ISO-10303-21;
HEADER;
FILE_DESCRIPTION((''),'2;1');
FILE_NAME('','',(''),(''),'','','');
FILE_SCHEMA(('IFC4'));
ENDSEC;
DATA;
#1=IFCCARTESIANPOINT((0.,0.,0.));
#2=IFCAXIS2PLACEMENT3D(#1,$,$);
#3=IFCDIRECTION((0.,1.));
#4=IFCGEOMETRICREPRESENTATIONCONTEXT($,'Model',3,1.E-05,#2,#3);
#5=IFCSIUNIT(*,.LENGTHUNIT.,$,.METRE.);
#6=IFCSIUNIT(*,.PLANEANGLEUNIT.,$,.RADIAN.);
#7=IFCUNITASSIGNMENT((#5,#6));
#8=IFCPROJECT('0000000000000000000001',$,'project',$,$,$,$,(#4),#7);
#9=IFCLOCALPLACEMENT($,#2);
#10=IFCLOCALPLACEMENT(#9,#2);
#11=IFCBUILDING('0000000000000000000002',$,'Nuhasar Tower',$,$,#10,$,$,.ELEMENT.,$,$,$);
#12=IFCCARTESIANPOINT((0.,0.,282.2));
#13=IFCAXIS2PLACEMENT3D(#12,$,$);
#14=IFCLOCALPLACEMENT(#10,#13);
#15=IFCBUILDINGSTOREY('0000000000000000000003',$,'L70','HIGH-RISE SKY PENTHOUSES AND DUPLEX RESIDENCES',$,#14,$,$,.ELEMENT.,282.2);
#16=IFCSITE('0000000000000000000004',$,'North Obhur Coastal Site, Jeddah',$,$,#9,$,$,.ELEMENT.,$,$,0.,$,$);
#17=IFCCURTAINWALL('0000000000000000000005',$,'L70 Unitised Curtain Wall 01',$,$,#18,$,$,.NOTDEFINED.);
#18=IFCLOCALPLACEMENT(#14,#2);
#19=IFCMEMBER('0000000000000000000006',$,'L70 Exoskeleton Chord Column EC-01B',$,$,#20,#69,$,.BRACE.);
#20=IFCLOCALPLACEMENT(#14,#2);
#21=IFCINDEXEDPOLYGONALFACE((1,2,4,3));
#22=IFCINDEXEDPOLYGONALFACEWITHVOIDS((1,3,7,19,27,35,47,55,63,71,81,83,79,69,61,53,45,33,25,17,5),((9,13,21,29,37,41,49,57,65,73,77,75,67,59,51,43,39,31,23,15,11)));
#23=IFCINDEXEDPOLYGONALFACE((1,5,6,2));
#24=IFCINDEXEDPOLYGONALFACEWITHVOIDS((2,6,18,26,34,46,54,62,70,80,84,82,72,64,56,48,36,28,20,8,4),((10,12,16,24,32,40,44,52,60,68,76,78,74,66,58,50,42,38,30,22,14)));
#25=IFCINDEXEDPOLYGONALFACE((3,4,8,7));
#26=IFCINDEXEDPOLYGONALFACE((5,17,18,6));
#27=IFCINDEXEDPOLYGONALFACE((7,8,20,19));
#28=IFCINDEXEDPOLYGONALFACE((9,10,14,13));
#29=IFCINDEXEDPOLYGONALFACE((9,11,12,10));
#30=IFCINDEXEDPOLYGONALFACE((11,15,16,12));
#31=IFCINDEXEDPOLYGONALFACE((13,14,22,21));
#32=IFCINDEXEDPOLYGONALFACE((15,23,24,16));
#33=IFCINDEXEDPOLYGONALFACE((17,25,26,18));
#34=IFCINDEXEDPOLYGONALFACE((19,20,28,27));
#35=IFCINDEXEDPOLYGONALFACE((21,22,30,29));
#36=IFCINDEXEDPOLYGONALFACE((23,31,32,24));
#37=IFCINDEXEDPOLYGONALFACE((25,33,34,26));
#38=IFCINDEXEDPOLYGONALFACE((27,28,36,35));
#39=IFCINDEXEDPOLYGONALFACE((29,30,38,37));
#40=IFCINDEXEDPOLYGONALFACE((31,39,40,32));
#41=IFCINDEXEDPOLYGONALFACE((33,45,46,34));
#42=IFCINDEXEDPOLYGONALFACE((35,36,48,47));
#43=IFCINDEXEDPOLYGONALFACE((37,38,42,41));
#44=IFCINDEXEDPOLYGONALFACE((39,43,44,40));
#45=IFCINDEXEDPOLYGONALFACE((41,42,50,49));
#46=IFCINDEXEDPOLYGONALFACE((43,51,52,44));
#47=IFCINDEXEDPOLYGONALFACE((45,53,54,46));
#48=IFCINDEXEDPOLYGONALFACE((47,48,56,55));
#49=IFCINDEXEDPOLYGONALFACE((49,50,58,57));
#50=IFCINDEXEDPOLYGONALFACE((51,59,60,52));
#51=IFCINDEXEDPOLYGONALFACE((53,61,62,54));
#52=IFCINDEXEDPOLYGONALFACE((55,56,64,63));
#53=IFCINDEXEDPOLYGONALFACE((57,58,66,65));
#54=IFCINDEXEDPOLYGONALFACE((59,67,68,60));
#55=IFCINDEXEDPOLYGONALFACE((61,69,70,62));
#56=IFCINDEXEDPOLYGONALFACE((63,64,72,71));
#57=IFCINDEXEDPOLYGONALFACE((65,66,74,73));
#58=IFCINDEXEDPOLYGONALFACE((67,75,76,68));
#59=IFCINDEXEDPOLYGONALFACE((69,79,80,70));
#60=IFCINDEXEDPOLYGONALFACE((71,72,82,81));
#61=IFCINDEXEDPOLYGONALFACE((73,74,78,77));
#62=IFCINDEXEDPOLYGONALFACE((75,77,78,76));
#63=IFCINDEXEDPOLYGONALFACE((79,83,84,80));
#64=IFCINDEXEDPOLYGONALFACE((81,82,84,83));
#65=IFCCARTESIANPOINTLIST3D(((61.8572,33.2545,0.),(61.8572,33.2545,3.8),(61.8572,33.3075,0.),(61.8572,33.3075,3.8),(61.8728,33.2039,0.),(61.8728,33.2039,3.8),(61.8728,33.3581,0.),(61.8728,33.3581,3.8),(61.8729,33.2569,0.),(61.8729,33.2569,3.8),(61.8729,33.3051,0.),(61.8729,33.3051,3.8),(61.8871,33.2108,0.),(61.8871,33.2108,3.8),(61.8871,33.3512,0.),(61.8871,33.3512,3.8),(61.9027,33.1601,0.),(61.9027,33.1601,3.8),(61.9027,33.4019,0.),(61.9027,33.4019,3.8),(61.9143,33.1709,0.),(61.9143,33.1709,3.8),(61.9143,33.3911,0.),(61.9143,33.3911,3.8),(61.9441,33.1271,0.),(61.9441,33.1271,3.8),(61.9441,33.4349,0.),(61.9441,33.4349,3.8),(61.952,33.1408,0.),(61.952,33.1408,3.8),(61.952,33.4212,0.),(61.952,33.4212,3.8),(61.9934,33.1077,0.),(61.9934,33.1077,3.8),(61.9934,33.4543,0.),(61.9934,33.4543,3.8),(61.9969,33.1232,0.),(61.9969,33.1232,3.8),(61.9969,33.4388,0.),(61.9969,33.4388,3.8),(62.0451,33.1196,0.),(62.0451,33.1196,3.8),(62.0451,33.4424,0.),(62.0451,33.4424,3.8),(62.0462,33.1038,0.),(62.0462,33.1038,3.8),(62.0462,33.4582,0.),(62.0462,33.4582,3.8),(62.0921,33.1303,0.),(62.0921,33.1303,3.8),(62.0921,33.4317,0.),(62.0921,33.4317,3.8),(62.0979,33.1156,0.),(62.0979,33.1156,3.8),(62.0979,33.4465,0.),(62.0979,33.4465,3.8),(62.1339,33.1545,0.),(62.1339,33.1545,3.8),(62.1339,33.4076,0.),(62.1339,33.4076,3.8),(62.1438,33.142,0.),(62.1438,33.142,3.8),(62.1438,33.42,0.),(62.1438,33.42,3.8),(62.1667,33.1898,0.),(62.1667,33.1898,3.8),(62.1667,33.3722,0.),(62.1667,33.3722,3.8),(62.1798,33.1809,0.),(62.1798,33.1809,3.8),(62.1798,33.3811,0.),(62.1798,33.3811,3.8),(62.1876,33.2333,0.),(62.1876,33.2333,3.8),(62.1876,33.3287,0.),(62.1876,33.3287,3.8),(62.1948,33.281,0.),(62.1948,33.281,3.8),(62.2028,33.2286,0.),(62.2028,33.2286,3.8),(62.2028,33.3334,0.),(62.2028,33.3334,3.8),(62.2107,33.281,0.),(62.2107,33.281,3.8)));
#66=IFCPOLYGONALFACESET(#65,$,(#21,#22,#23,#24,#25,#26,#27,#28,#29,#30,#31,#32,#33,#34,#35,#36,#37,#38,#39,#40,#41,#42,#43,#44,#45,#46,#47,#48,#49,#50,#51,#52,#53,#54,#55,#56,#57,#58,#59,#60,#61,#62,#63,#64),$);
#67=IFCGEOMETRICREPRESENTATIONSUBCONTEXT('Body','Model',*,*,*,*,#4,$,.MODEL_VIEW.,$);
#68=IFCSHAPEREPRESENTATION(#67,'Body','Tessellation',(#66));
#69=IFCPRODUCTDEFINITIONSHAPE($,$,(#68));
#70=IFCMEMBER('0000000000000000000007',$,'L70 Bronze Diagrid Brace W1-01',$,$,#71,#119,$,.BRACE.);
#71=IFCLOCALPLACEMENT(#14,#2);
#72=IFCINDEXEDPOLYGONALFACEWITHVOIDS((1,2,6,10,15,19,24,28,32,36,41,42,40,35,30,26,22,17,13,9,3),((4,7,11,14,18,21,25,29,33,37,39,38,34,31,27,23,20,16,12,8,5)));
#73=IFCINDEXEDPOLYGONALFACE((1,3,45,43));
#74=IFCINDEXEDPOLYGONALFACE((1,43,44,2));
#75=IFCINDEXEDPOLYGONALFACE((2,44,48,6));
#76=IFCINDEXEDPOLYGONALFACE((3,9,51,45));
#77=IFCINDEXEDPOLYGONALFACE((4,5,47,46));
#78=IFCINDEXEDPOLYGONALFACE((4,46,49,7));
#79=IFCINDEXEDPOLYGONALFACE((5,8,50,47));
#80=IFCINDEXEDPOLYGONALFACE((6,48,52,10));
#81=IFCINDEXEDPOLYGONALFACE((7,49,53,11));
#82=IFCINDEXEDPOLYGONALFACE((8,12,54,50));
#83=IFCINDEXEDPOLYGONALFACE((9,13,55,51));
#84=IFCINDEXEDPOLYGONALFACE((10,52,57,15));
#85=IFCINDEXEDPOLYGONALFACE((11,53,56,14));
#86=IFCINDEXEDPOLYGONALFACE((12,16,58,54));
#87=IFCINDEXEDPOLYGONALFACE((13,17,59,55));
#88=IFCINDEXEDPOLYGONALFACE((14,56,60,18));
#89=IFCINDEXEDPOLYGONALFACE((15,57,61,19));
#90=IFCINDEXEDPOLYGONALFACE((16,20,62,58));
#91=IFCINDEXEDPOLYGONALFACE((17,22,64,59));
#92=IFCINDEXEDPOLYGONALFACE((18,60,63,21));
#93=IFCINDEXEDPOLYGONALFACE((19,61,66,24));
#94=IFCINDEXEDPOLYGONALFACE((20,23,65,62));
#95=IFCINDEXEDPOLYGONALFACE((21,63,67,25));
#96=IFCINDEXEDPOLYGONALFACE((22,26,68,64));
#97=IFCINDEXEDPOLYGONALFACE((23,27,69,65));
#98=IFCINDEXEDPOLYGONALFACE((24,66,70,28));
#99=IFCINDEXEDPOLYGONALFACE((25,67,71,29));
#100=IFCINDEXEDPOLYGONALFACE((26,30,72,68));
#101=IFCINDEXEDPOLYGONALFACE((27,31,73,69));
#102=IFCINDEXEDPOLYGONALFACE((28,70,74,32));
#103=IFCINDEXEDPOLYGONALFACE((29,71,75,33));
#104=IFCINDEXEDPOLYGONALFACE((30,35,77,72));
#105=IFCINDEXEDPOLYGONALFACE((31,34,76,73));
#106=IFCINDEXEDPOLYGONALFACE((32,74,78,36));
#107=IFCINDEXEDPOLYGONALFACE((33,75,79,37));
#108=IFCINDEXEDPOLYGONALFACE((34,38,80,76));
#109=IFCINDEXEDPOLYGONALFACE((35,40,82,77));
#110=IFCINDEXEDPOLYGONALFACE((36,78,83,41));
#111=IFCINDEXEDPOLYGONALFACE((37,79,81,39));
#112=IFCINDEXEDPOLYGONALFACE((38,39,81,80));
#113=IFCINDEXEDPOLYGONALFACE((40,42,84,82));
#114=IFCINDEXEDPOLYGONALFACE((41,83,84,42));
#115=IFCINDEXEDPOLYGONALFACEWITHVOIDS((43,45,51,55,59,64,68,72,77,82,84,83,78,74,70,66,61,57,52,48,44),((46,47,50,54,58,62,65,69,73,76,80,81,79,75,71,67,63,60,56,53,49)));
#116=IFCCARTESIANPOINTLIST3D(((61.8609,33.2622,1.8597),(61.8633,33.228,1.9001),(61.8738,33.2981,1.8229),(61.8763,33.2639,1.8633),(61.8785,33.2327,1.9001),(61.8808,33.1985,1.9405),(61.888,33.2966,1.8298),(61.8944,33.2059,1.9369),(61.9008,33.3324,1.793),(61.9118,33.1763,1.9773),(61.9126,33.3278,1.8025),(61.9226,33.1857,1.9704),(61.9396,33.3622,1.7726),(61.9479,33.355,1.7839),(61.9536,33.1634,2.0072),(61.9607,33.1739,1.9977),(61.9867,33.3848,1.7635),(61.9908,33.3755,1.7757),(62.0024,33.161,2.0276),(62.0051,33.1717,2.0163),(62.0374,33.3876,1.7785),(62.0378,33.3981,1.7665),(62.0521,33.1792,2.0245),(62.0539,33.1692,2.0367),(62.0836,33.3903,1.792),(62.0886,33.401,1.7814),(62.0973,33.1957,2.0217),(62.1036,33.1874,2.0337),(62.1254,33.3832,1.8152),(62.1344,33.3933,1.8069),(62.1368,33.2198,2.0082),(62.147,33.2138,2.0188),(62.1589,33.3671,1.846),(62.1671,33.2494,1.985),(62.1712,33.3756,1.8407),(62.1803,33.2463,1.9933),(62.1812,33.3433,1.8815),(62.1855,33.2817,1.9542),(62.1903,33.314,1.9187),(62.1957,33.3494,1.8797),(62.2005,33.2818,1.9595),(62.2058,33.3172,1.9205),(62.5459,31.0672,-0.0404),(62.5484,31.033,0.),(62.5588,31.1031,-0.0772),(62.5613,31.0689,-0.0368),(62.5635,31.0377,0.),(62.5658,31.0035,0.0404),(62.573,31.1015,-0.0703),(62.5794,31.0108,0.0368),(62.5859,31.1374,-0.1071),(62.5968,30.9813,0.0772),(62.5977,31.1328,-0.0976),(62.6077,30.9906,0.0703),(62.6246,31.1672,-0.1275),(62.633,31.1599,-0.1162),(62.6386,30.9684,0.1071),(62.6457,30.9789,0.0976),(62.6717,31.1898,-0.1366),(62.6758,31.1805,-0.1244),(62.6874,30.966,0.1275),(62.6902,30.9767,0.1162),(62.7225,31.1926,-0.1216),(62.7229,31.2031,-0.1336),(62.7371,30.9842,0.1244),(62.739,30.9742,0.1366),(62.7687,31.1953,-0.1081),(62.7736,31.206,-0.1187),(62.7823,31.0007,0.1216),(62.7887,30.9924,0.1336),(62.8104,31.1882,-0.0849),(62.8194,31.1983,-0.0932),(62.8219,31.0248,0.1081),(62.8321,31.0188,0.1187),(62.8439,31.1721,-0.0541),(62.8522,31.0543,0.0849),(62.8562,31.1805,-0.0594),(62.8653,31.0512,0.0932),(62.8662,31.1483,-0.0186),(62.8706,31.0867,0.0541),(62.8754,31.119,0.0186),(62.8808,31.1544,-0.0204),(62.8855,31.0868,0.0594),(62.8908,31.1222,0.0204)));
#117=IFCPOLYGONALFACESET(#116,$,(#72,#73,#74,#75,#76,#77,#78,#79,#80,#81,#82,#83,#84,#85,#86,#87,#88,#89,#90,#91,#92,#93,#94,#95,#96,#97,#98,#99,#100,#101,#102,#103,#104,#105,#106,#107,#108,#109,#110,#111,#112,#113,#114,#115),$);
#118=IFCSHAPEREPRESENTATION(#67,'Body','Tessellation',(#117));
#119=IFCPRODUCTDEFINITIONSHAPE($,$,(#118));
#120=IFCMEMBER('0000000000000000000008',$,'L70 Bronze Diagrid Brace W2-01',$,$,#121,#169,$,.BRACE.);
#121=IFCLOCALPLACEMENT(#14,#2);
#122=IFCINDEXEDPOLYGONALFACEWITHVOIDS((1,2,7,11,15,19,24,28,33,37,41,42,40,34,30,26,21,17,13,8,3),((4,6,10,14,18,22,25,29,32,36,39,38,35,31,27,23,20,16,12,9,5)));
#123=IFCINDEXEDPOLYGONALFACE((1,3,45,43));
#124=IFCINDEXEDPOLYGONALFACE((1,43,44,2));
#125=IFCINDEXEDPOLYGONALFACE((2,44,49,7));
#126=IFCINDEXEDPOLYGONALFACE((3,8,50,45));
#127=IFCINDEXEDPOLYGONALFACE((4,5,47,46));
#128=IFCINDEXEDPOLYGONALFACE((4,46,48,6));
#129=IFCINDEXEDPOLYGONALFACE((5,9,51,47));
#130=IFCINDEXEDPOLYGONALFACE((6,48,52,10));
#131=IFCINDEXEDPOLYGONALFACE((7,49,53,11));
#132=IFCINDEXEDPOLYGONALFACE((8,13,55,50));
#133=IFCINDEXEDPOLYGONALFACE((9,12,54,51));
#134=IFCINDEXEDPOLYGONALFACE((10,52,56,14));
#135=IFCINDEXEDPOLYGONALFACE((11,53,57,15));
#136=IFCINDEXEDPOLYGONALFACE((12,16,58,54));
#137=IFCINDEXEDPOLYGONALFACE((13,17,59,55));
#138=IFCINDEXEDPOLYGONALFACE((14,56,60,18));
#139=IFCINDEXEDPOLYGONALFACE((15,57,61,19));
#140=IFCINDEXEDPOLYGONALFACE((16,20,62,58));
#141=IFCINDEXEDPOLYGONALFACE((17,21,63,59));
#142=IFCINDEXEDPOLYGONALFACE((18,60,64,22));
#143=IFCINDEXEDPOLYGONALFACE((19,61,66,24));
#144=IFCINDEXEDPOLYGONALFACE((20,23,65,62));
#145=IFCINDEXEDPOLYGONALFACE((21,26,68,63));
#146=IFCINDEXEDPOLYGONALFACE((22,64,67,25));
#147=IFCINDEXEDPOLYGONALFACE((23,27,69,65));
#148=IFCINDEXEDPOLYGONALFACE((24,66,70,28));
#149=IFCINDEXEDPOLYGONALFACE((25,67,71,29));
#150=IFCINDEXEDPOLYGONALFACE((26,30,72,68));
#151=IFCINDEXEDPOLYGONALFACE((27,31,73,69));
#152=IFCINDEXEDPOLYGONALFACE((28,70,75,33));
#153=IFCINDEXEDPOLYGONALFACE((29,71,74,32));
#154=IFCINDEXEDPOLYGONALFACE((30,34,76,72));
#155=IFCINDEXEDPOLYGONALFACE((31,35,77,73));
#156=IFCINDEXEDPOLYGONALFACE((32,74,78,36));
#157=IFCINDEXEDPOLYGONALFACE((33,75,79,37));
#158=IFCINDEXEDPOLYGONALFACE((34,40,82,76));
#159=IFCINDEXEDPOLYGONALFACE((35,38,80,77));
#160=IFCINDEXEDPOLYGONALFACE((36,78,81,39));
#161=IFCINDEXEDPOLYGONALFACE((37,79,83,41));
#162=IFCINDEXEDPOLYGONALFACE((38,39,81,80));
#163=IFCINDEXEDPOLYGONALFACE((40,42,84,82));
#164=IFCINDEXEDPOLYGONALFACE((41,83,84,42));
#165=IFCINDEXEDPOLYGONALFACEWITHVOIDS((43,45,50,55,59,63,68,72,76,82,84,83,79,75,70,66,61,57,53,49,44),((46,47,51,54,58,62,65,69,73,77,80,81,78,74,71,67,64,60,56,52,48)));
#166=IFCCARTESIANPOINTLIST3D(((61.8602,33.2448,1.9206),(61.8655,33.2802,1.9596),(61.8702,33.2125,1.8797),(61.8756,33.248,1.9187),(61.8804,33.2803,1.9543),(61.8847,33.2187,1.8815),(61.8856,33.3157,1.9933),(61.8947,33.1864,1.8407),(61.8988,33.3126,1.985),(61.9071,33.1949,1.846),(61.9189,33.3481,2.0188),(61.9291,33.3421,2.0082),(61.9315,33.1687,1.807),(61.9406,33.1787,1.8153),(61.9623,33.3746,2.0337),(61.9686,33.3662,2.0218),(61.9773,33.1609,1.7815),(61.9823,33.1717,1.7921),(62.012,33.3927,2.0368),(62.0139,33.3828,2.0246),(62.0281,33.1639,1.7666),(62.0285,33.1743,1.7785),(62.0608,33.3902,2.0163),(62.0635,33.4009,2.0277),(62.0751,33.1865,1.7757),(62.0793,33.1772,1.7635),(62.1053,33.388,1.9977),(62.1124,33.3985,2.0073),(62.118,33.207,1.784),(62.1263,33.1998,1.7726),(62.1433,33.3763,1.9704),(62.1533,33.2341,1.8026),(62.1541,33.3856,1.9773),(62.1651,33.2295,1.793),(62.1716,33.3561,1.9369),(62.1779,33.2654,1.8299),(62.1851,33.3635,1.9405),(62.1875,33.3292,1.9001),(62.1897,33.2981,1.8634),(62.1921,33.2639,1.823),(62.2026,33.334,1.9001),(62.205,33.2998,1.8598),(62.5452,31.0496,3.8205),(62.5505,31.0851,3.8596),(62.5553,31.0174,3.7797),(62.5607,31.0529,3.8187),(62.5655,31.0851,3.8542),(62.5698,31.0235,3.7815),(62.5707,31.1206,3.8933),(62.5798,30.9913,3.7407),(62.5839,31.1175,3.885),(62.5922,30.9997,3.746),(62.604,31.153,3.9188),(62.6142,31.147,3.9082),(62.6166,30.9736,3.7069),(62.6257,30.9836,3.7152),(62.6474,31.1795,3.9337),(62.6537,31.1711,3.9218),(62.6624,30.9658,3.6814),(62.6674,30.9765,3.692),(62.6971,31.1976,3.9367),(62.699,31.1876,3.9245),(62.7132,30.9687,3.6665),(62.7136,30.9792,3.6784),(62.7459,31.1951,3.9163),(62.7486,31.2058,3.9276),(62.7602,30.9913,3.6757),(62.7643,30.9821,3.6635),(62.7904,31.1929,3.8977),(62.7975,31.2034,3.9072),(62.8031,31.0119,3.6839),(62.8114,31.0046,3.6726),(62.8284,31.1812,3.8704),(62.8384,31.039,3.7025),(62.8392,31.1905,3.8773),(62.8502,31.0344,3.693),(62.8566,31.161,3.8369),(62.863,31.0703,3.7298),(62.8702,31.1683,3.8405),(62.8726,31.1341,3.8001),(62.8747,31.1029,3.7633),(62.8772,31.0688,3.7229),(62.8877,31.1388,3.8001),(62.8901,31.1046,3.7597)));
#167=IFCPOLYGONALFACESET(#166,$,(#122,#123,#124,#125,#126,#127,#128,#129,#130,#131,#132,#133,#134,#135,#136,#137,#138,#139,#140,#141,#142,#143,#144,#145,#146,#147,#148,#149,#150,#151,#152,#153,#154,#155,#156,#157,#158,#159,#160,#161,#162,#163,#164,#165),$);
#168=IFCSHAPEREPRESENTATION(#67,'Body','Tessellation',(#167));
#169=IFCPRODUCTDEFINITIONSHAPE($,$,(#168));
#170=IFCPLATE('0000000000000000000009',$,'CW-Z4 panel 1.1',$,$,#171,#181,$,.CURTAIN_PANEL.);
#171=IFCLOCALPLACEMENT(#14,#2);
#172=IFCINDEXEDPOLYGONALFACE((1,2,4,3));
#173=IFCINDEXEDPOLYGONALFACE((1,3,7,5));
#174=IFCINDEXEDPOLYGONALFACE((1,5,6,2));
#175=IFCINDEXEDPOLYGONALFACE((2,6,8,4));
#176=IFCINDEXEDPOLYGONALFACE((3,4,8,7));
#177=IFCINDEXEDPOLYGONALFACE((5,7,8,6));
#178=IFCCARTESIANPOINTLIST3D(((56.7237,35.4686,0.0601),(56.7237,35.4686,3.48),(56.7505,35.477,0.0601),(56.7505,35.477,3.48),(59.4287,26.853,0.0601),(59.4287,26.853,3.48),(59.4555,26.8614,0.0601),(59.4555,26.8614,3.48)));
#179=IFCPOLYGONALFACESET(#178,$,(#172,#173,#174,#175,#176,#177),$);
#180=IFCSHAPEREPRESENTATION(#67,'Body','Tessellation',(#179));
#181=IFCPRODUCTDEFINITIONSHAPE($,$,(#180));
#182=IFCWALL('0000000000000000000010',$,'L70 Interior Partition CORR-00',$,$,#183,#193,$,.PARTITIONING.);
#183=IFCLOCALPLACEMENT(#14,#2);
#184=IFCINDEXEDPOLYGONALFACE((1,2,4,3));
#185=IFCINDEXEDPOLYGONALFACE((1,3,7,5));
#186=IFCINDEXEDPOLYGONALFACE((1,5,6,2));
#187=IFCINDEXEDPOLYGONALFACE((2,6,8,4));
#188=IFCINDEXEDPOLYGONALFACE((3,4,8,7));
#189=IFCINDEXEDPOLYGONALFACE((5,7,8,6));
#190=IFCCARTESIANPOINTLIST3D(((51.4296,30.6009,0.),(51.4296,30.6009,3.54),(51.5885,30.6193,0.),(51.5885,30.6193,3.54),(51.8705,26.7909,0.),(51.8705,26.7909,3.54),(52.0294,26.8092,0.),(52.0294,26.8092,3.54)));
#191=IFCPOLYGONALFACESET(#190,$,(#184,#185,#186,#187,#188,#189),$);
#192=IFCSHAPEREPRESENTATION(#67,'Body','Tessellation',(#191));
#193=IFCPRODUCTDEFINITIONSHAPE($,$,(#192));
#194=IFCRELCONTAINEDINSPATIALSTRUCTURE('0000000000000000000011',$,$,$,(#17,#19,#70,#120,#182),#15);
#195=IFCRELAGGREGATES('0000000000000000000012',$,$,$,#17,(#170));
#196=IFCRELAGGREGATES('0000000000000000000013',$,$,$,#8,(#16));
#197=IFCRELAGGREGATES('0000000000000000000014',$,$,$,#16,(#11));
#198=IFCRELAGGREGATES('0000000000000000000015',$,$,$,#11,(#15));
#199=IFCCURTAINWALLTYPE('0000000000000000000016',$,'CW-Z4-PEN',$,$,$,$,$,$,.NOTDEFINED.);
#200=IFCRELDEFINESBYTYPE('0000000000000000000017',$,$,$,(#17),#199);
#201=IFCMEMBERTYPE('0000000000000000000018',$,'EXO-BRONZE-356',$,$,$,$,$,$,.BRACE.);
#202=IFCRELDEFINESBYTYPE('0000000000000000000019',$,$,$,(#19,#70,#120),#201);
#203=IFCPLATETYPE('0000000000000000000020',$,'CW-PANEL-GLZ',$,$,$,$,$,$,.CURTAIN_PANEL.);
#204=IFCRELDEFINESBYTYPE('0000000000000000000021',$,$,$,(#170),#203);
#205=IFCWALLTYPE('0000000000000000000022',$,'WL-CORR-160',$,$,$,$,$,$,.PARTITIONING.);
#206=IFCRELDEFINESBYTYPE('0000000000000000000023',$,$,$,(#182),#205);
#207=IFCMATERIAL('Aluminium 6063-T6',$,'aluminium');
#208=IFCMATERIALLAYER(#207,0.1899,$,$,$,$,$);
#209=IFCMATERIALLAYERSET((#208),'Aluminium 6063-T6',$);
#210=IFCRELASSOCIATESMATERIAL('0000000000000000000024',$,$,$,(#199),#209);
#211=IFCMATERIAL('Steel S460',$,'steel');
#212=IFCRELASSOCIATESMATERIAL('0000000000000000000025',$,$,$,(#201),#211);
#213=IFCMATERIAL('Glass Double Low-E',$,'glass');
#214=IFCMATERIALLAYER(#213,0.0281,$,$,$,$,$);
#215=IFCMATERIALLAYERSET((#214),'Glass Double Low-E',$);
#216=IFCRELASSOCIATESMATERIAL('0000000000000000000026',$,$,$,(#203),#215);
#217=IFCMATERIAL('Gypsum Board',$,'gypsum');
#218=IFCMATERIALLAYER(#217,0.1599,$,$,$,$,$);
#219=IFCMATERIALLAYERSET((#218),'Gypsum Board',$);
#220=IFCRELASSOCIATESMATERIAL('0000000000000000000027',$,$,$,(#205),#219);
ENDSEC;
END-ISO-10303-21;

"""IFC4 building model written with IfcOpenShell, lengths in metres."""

from ifc_helpers import new_model, si_unit, direction, frame, frame_2d, origin, origin_2d, place, context, subcontext, project, spatial, rectangle, hollow_circle, extrude, material, layer, layer_set, material_profile, profile_set, type_object, element, aggregate, save


model = new_model("IFC4")

# Units and contexts
model_context = context("Model", 3, precision=1e-05, world=origin(), true_north=direction((0.0, 1.0)))
body_context = subcontext(model_context, "Body", "Model", "MODEL_VIEW")
ifc_project = project(units=[si_unit("LENGTHUNIT", "METRE"), si_unit("PLANEANGLEUNIT", "RADIAN")], contexts=[model_context])

# Site, building, storey
site_placement = place(None, origin())
site = spatial("IfcSite", under=ifc_project, at=site_placement, Name="North Obhur Coastal Site, Jeddah", CompositionType="ELEMENT", RefElevation=0.0)
building_placement = place(site_placement, origin())
building = spatial("IfcBuilding", under=site, at=building_placement, Name="Nuhasar Tower", CompositionType="ELEMENT")
storey_placement = place(building_placement, frame((0.0, 0.0, 282.2)))
storey = spatial("IfcBuildingStorey", under=building, at=storey_placement, Name="L70", Description="HIGH-RISE SKY PENTHOUSES AND DUPLEX RESIDENCES", CompositionType="ELEMENT", Elevation=282.2)

# Curtain wall
ifc_material_1 = material(Name="Aluminium 6063-T6", Category="aluminium")
ifc_layer_1 = layer(ifc_material_1, 0.1899)
ifc_layer_set_1 = layer_set([ifc_layer_1], Name="Aluminium 6063-T6")
curtain_wall_type = type_object("IfcCurtainWallType", Name="CW-Z4-PEN", PredefinedType="NOTDEFINED", material=ifc_layer_set_1)
curtain_wall_1_placement = place(storey_placement, origin())
curtain_wall_1 = element("IfcCurtainWall", 1, at=curtain_wall_1_placement, inside=storey, type_object=curtain_wall_type, Name="L70 Unitised Curtain Wall 01", PredefinedType="NOTDEFINED")

# Members
ifc_material_2 = material(Name="Steel S460", Category="steel")
ifc_material_profile_1 = material_profile(ifc_material_2, hollow_circle(Radius=0.1777, WallThickness=0.0159, at=origin_2d()), Name="HSS355.6X15.9")
ifc_profile_set_1 = profile_set([ifc_material_profile_1], Name="Steel S460")
member_type_1 = type_object("IfcMemberType", Name="EXO-BRONZE-356", PredefinedType="BRACE", material=ifc_profile_set_1)
for number, where, z_axis, x_axis, name in (
    (2, (62.033, 33.281, 0.0), (0.0, 0.0, 1.0), (1.0, 0.0, 0.0), "L70 Exoskeleton Chord Column EC-01B"),
):
    element("IfcMember", number, at=place(storey_placement, frame(where, z_axis=z_axis, x_axis=x_axis)), inside=storey, type_object=member_type_1, Name=name, PredefinedType="BRACE", context=body_context, shape_type="SweptSolid", body=[
        extrude(hollow_circle(Radius=0.1777, WallThickness=0.0159, at=origin_2d()), origin(), (0.0, 0.0, 1.0), 3.8),
    ])
for number, where, z_axis, x_axis, name in (
    (3, (62.718, 31.0859, 0.0), (-0.229656, 0.735864, 0.636995), (-0.954591, -0.297918, 0.0), "L70 Bronze Diagrid Brace W1-01"),
    (4, (62.033, 33.281, 1.9001), (0.229668, -0.735902, 0.636947), (0.954591, 0.297918, 0.0), "L70 Bronze Diagrid Brace W2-01"),
):
    element("IfcMember", number, at=place(storey_placement, frame(where, z_axis=z_axis, x_axis=x_axis)), inside=storey, type_object=member_type_1, Name=name, PredefinedType="BRACE", context=body_context, shape_type="SweptSolid", body=[
        extrude(hollow_circle(Radius=0.1777, WallThickness=0.0159, at=origin_2d()), origin(), (0.0, 0.0, 1.0), 2.9829),
    ])

# Plate
ifc_material_3 = material(Name="Glass Double Low-E", Category="glass")
ifc_layer_2 = layer(ifc_material_3, 0.0281)
ifc_layer_set_2 = layer_set([ifc_layer_2], Name="Glass Double Low-E")
plate_type = type_object("IfcPlateType", Name="CW-PANEL-GLZ", PredefinedType="CURTAIN_PANEL", material=ifc_layer_set_2)
plate_placement = place(storey_placement, frame((58.0896, 31.165, 0.0601), z_axis=(0.0, 0.0, 1.0), x_axis=(-0.299557, 0.954079, 0.0)))
plate = element("IfcPlate", 5, at=plate_placement, type_object=plate_type, Name="CW-Z4 panel 1.1", PredefinedType="CURTAIN_PANEL", context=body_context, shape_type="SweptSolid", body=[
    extrude(rectangle(XDim=9.0303, YDim=0.0281, at=origin_2d()), origin(), (0.0, 0.0, 1.0), 3.4199),
])
aggregate(curtain_wall_1, [plate])

# Shared definitions
ifc_material_4 = material(Name="Gypsum Board", Category="gypsum")
ifc_layer_3 = layer(ifc_material_4, 0.1599)
ifc_layer_set_3 = layer_set([ifc_layer_3], Name="Gypsum Board")
wall_type_1 = type_object("IfcWallType", Name="WL-CORR-160", PredefinedType="PARTITIONING", material=ifc_layer_set_3)

# Wall
wall_1_placement = place(storey_placement, frame((51.95, 26.8, 0.0), z_axis=(0.0, 0.0, 1.0), x_axis=(-0.114958, 0.99337, 0.0)))
element("IfcWall", 6, at=wall_1_placement, inside=storey, type_object=wall_type_1, Name="L70 Interior Partition CORR-00", PredefinedType="PARTITIONING", context=body_context, shape_type="SweptSolid", body=[
    extrude(rectangle(XDim=3.8354, YDim=0.1599, at=frame_2d((1.9177, 0.0))), origin(), (0.0, 0.0, 1.0), 3.54),
])

save(model, "model.ifc")
